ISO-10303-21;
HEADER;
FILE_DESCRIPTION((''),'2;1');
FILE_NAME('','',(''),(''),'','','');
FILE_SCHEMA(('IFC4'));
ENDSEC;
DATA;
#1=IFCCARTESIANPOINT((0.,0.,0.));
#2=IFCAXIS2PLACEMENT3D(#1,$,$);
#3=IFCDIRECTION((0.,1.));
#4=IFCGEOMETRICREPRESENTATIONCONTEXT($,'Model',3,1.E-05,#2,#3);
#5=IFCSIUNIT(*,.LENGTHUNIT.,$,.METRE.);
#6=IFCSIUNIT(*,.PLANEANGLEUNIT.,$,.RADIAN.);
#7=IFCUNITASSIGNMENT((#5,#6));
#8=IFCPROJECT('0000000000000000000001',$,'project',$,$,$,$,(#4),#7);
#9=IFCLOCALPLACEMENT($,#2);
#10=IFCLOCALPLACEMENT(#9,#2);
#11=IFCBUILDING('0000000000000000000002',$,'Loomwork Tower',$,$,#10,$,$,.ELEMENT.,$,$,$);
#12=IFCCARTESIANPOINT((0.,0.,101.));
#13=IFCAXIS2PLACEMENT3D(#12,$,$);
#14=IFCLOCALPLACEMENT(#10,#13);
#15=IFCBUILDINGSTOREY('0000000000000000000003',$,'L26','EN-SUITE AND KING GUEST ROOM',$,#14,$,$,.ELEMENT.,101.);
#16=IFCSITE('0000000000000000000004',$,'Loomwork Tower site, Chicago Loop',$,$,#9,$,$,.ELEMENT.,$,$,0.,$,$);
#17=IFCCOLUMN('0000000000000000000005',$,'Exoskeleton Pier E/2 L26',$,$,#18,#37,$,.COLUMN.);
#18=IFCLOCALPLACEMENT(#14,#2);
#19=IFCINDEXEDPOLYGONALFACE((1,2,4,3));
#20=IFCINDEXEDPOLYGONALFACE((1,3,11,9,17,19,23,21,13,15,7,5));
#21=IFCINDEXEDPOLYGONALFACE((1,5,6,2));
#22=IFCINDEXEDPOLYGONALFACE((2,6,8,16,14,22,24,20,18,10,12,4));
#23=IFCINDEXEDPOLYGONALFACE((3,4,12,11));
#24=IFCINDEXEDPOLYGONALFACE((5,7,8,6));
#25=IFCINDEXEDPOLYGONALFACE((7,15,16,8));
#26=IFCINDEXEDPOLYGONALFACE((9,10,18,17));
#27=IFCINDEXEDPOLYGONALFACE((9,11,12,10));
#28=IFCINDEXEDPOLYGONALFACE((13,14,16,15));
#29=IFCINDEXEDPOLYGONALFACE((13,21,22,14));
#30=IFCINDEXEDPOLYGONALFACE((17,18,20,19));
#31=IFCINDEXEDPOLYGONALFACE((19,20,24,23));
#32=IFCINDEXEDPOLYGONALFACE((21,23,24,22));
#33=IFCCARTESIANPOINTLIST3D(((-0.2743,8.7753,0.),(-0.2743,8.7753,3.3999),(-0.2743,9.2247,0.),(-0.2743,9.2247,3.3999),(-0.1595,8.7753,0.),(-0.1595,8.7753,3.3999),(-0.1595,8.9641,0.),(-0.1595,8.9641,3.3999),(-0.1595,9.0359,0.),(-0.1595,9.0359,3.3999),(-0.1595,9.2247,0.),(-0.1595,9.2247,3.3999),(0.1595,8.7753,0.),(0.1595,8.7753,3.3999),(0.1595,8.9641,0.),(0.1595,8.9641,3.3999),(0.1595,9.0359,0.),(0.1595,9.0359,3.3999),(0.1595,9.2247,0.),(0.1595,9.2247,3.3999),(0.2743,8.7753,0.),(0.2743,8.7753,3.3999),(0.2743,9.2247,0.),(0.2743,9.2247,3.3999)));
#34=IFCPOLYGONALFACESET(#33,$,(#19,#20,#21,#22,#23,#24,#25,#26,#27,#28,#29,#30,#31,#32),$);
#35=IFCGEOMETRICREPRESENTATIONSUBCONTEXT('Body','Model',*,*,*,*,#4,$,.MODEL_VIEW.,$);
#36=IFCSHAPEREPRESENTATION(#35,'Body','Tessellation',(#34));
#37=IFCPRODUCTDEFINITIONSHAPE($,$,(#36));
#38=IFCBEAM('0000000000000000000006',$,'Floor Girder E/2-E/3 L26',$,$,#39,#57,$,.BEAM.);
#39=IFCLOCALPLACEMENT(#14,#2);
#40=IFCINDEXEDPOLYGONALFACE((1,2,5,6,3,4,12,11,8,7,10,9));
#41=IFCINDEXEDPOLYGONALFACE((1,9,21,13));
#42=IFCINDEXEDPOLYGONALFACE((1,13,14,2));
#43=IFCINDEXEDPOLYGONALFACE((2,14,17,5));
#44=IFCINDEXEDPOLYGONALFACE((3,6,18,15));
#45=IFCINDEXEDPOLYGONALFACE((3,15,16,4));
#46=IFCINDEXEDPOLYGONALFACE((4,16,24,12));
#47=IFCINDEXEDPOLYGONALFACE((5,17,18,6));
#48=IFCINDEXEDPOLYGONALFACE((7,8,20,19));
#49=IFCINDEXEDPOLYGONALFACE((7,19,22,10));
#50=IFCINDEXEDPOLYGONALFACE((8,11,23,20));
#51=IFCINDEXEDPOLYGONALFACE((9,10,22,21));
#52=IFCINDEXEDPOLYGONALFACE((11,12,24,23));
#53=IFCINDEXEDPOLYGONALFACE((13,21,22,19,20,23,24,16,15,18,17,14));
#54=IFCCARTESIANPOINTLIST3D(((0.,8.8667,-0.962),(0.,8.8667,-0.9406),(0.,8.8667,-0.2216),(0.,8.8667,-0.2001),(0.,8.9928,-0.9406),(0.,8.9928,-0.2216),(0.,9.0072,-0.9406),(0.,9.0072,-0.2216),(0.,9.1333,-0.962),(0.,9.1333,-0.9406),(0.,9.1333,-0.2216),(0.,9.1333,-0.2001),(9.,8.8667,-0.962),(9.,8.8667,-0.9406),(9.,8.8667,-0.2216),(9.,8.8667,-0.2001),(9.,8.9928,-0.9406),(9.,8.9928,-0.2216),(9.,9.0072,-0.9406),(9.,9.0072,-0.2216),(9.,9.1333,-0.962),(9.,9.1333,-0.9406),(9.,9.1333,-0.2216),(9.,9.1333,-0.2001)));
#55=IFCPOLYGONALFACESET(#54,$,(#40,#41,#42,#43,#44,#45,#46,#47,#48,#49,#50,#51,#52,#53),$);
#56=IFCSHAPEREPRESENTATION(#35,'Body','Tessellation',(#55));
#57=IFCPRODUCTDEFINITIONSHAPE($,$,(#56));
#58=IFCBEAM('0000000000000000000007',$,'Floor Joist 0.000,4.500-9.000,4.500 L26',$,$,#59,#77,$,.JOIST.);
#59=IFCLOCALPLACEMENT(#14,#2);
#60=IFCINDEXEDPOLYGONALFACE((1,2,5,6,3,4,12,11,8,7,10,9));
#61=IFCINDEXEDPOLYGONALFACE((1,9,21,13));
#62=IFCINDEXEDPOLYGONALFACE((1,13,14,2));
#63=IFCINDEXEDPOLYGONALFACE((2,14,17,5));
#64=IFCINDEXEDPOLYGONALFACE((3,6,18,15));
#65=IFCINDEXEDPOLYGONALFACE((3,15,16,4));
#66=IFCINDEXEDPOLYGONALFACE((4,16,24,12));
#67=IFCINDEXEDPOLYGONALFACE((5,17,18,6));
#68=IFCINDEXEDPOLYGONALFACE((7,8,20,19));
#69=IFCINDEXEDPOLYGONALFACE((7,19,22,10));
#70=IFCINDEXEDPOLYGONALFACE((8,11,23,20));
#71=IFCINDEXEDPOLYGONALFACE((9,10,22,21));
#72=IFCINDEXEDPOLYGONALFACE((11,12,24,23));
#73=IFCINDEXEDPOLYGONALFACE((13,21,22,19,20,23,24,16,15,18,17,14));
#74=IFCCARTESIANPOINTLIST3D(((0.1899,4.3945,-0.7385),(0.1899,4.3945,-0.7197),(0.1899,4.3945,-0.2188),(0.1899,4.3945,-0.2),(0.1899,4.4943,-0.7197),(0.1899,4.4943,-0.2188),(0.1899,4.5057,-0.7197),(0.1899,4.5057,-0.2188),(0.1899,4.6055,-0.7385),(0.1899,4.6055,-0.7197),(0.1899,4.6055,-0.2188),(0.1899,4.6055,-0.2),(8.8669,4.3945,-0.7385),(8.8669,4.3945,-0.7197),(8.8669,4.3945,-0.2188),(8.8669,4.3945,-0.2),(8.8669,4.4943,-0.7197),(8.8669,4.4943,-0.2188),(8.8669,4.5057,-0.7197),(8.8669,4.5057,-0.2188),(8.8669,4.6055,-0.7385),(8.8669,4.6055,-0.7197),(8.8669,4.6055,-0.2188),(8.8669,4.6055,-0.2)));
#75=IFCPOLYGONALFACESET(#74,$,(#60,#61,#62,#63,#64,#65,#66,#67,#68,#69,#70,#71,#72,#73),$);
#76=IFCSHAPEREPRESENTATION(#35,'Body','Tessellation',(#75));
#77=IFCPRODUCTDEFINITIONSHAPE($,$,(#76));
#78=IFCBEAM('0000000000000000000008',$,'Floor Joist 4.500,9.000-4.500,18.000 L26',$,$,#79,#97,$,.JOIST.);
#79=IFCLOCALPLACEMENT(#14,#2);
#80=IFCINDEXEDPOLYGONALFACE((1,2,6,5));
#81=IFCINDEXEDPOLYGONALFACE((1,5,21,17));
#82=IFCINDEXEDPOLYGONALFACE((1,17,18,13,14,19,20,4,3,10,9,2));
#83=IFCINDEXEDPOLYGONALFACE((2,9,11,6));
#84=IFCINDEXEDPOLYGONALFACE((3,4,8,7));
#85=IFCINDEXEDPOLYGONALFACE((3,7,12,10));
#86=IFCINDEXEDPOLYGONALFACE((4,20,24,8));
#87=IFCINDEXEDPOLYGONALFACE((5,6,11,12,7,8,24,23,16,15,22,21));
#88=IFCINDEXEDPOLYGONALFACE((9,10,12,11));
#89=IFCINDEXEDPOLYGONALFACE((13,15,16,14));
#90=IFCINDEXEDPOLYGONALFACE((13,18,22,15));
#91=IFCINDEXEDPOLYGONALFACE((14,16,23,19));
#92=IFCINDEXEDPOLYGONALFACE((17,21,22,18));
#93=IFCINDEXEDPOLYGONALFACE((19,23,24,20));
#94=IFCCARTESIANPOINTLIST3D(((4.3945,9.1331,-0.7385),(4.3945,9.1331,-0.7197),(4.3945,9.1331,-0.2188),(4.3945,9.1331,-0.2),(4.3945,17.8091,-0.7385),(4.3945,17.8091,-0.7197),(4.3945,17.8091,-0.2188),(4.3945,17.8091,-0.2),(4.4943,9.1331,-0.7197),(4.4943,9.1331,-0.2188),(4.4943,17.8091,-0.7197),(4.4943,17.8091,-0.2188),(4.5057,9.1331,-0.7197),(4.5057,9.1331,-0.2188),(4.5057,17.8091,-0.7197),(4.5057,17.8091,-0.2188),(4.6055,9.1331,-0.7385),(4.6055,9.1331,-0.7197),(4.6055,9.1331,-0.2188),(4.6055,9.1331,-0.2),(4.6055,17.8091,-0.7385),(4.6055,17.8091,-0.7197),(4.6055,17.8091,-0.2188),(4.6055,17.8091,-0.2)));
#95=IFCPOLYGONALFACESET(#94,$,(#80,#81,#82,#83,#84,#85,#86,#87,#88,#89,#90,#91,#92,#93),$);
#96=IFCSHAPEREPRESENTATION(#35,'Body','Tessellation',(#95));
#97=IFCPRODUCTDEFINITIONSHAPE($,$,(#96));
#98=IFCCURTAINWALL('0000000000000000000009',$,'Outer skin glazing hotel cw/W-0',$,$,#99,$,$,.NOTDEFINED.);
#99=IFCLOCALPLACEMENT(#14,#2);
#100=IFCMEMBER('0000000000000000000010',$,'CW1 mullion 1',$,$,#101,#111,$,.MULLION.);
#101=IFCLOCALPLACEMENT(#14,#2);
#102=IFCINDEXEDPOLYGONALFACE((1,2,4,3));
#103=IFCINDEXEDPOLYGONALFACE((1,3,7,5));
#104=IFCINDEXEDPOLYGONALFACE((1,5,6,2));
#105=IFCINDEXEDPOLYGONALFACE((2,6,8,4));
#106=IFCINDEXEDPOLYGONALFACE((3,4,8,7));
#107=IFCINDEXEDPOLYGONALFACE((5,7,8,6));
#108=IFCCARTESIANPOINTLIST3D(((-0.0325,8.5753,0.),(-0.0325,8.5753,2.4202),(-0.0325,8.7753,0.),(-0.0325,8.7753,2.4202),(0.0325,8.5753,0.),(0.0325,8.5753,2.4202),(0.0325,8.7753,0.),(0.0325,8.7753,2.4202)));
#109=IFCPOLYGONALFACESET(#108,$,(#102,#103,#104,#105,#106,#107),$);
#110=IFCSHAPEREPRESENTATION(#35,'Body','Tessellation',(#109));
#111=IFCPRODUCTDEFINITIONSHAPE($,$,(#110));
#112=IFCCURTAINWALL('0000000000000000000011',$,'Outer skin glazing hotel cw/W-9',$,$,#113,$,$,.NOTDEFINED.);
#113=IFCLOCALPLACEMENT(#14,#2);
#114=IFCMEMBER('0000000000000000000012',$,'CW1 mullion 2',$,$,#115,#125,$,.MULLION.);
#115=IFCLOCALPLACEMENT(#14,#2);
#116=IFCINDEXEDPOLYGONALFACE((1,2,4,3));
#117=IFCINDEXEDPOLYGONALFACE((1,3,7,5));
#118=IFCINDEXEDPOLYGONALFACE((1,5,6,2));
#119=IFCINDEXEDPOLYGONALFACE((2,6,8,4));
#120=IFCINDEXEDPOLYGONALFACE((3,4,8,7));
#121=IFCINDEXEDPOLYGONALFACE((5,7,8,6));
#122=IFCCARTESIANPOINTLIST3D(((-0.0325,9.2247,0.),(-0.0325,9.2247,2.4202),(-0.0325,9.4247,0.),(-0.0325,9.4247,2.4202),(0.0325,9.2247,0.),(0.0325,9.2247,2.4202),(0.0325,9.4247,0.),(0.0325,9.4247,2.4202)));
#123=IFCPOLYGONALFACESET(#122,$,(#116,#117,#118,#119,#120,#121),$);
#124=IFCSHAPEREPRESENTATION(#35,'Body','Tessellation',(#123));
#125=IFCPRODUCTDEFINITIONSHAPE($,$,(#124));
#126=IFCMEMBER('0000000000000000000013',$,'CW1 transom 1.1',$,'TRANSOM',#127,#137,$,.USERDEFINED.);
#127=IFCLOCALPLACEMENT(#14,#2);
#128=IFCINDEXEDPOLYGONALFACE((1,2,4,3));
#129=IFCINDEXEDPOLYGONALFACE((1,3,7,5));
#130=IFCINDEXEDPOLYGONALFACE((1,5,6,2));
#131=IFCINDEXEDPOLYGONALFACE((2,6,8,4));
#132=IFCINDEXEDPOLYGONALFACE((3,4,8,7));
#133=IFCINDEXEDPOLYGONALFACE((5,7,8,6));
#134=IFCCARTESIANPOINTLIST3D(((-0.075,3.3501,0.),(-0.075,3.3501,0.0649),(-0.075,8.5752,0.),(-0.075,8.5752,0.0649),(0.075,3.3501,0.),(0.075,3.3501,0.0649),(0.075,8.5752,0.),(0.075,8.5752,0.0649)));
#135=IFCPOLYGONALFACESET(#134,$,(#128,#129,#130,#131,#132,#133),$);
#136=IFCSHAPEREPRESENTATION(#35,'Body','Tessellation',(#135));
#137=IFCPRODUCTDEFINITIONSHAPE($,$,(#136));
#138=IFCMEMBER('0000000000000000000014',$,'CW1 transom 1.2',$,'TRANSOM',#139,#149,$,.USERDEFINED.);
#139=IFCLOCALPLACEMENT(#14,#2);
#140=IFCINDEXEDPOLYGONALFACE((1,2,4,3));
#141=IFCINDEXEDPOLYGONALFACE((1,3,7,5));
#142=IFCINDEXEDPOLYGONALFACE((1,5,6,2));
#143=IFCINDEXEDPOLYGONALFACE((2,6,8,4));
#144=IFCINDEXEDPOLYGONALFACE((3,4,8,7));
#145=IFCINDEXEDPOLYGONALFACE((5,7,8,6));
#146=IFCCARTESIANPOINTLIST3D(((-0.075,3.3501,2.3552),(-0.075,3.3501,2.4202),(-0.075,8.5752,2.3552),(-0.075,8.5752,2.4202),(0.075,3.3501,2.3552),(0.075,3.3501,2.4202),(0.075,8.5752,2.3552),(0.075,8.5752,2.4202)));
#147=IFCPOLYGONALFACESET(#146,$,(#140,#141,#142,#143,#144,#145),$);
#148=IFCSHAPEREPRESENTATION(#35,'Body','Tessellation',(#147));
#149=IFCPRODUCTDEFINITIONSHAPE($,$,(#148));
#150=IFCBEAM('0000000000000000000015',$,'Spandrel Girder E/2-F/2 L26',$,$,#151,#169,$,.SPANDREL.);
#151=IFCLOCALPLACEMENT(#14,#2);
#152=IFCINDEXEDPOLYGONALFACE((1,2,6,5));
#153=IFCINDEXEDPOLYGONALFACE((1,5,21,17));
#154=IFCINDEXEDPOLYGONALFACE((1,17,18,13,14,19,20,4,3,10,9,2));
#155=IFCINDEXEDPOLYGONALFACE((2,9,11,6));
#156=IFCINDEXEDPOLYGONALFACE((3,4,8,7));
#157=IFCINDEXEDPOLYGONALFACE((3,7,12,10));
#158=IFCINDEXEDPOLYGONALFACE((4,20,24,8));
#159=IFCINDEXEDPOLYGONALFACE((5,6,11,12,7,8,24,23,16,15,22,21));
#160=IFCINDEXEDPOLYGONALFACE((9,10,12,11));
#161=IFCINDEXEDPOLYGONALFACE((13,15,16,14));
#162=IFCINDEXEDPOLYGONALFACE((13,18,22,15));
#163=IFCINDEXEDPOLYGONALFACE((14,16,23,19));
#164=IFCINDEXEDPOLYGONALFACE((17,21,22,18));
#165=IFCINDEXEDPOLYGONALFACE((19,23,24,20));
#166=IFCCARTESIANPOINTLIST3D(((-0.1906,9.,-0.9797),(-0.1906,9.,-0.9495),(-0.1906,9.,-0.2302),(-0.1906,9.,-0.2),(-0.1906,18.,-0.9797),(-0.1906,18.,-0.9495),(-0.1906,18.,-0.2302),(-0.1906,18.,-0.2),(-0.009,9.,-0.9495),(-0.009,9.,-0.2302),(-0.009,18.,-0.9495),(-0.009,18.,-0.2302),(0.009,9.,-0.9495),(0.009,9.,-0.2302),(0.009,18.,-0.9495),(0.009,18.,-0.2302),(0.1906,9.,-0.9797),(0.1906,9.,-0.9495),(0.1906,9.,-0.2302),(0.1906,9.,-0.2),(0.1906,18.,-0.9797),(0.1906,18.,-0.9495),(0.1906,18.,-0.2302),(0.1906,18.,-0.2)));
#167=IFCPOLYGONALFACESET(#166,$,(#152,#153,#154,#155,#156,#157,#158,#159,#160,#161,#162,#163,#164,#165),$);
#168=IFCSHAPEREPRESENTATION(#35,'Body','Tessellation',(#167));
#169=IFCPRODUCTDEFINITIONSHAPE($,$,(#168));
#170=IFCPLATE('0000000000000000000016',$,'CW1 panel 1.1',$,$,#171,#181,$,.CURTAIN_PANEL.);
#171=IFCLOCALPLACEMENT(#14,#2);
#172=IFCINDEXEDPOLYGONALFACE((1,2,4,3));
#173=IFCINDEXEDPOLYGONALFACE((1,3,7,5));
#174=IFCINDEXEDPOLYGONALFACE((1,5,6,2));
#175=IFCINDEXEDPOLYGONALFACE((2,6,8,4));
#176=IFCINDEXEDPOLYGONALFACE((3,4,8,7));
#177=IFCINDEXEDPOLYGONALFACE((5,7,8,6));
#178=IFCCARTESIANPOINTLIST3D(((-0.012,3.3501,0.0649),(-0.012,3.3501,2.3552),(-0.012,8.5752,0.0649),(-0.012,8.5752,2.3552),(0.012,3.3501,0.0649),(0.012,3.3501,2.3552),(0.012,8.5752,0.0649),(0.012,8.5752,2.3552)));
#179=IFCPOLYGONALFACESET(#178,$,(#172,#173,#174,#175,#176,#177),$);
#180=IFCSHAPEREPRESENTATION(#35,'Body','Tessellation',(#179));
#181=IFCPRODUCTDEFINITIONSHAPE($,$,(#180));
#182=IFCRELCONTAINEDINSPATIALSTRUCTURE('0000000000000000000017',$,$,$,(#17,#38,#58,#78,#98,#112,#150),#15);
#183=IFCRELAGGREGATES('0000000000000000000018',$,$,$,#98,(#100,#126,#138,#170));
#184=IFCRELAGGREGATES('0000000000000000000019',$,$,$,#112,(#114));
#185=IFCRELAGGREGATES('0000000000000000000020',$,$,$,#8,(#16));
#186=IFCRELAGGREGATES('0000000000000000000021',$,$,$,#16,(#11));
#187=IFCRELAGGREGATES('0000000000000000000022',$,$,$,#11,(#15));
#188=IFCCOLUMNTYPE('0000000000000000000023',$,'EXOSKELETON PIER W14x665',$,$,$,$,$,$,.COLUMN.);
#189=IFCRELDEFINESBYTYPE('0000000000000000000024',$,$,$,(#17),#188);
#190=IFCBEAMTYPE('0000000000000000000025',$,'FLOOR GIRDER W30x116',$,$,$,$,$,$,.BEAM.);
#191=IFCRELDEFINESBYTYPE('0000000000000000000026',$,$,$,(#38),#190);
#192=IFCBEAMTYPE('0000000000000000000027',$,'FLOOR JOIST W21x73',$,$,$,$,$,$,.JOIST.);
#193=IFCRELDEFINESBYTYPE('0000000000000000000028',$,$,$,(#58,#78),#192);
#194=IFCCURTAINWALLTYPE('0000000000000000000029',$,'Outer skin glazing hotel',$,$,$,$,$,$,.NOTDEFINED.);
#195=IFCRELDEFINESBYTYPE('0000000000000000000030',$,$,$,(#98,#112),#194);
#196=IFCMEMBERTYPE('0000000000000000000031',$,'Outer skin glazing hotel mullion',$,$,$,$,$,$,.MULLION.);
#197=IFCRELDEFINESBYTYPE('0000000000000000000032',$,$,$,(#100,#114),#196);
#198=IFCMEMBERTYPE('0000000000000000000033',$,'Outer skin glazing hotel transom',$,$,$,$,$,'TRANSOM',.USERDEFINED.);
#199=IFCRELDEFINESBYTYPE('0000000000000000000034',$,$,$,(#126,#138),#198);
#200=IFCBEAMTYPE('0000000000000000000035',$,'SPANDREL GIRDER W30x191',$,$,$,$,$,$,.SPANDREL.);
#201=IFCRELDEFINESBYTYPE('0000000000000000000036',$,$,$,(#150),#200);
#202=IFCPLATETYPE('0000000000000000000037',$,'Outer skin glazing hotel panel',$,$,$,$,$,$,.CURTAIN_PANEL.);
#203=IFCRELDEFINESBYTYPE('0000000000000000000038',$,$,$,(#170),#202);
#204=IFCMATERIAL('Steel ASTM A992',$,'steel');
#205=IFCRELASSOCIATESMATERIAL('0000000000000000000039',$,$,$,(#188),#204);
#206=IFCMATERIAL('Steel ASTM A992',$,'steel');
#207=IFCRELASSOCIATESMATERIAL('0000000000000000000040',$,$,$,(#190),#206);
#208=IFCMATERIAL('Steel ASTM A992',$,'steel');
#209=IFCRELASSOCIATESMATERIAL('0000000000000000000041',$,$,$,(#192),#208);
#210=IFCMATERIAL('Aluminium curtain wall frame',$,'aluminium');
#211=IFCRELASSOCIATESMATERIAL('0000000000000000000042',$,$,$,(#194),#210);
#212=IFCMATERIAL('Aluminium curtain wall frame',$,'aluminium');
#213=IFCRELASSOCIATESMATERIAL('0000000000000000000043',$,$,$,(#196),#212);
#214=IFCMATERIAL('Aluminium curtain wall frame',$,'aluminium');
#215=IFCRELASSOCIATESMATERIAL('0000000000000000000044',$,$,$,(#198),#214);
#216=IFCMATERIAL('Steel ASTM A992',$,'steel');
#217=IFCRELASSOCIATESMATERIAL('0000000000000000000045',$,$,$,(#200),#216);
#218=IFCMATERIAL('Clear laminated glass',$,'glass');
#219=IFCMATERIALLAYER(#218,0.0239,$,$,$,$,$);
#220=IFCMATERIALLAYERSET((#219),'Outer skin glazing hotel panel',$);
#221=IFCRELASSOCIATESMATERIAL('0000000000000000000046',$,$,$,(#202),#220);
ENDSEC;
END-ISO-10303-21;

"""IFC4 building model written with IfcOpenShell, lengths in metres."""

from ifc_helpers import new_model, si_unit, direction, frame, origin, origin_2d, place, context, subcontext, project, spatial, rectangle, i_section, extrude, material, layer, layer_set, material_profile, profile_set, type_object, element, aggregate, save


model = new_model("IFC4")

# Units and contexts
model_context = context("Model", 3, precision=1e-05, world=origin(), true_north=direction((0.0, 1.0)))
body_context = subcontext(model_context, "Body", "Model", "MODEL_VIEW")
ifc_project = project(units=[si_unit("LENGTHUNIT", "METRE"), si_unit("PLANEANGLEUNIT", "RADIAN")], contexts=[model_context])

# Site, building, storey
site_placement = place(None, origin())
site = spatial("IfcSite", under=ifc_project, at=site_placement, Name="Loomwork Tower site, Chicago Loop", CompositionType="ELEMENT", RefElevation=0.0)
building_placement = place(site_placement, origin())
building = spatial("IfcBuilding", under=site, at=building_placement, Name="Loomwork Tower", CompositionType="ELEMENT")
storey_placement = place(building_placement, frame((0.0, 0.0, 101.0)))
storey = spatial("IfcBuildingStorey", under=building, at=storey_placement, Name="L26", Description="EN-SUITE AND KING GUEST ROOM", CompositionType="ELEMENT", Elevation=101.0)

# Column
ifc_material_1 = material(Name="Steel ASTM A992", Category="steel")
ifc_material_profile_1 = material_profile(ifc_material_1, i_section(OverallWidth=0.4495, OverallDepth=0.5486, WebThickness=0.0718, FlangeThickness=0.1147, at=origin_2d()), Name="W14x665")
ifc_profile_set_1 = profile_set([ifc_material_profile_1], Name="Steel ASTM A992")
column_type = type_object("IfcColumnType", Name="EXOSKELETON PIER W14x665", PredefinedType="COLUMN", material=ifc_profile_set_1)
column_placement = place(storey_placement, frame((0.0, 9.0, 0.0), z_axis=(0.0, 0.0, 1.0), x_axis=(0.0, 1.0, 0.0)))
element("IfcColumn", 1, at=column_placement, inside=storey, type_object=column_type, Name="Exoskeleton Pier E/2 L26", PredefinedType="COLUMN", context=body_context, shape_type="SweptSolid", body=[
    extrude(i_section(OverallWidth=0.4495, OverallDepth=0.5486, WebThickness=0.0718, FlangeThickness=0.1147, at=origin_2d()), origin(), (0.0, 0.0, 1.0), 3.3999),
])

# Beams
ifc_material_2 = material(Name="Steel ASTM A992", Category="steel")
ifc_material_profile_2 = material_profile(ifc_material_2, i_section(OverallWidth=0.2666, OverallDepth=0.762, WebThickness=0.0144, FlangeThickness=0.0215, at=origin_2d()), Name="W30x116")
ifc_profile_set_2 = profile_set([ifc_material_profile_2], Name="Steel ASTM A992")
beam_type_1 = type_object("IfcBeamType", Name="FLOOR GIRDER W30x116", PredefinedType="BEAM", material=ifc_profile_set_2)
beam_1_placement = place(storey_placement, frame((0.0, 9.0, -0.5811), z_axis=(1.0, 0.0, 0.0), x_axis=(0.0, 1.0, 0.0)))
element("IfcBeam", 2, at=beam_1_placement, inside=storey, type_object=beam_type_1, Name="Floor Girder E/2-E/3 L26", PredefinedType="BEAM", context=body_context, shape_type="SweptSolid", body=[
    extrude(i_section(OverallWidth=0.2666, OverallDepth=0.762, WebThickness=0.0144, FlangeThickness=0.0215, at=origin_2d()), origin(), (0.0, 0.0, 1.0), 9.0),
])
ifc_material_3 = material(Name="Steel ASTM A992", Category="steel")
ifc_material_profile_3 = material_profile(ifc_material_3, i_section(OverallWidth=0.2109, OverallDepth=0.5386, WebThickness=0.0115, FlangeThickness=0.0188, at=origin_2d()), Name="W21x73")
ifc_profile_set_3 = profile_set([ifc_material_profile_3], Name="Steel ASTM A992")
beam_type_2 = type_object("IfcBeamType", Name="FLOOR JOIST W21x73", PredefinedType="JOIST", material=ifc_profile_set_3)
beam_2_placement = place(storey_placement, frame((0.1899, 4.5, -0.4692), z_axis=(1.0, 0.0, 0.0), x_axis=(0.0, 1.0, 0.0)))
element("IfcBeam", 3, at=beam_2_placement, inside=storey, type_object=beam_type_2, Name="Floor Joist 0.000,4.500-9.000,4.500 L26", PredefinedType="JOIST", context=body_context, shape_type="SweptSolid", body=[
    extrude(i_section(OverallWidth=0.2109, OverallDepth=0.5386, WebThickness=0.0115, FlangeThickness=0.0188, at=origin_2d()), origin(), (0.0, 0.0, 1.0), 8.677),
])
beam_3_placement = place(storey_placement, frame((4.5, 9.1331, -0.4692), z_axis=(0.0, 1.0, 0.0), x_axis=(-1.0, 0.0, 0.0)))
element("IfcBeam", 4, at=beam_3_placement, inside=storey, type_object=beam_type_2, Name="Floor Joist 4.500,9.000-4.500,18.000 L26", PredefinedType="JOIST", context=body_context, shape_type="SweptSolid", body=[
    extrude(i_section(OverallWidth=0.2109, OverallDepth=0.5386, WebThickness=0.0115, FlangeThickness=0.0188, at=origin_2d()), origin(), (0.0, 0.0, 1.0), 8.676),
])

# Curtain walls, members
ifc_material_4 = material(Name="Aluminium curtain wall frame", Category="aluminium")
curtain_wall_type = type_object("IfcCurtainWallType", Name="Outer skin glazing hotel", PredefinedType="NOTDEFINED", material=ifc_material_4)
curtain_wall_1_placement = place(storey_placement, origin())
curtain_wall_1 = element("IfcCurtainWall", 5, at=curtain_wall_1_placement, inside=storey, type_object=curtain_wall_type, Name="Outer skin glazing hotel cw/W-0", PredefinedType="NOTDEFINED")
ifc_material_5 = material(Name="Aluminium curtain wall frame", Category="aluminium")
ifc_material_profile_4 = material_profile(ifc_material_5, rectangle(XDim=0.0649, YDim=0.2, at=origin_2d()), Name="AL 65x200")
ifc_profile_set_4 = profile_set([ifc_material_profile_4], Name="Aluminium curtain wall frame")
member_type_1 = type_object("IfcMemberType", Name="Outer skin glazing hotel mullion", PredefinedType="MULLION", material=ifc_profile_set_4)
member_1_placement = place(storey_placement, frame((0.0, 8.6753, 0.0), z_axis=(0.0, 0.0, 1.0), x_axis=(1.0, 0.0, 0.0)))
member_1 = element("IfcMember", 6, at=member_1_placement, type_object=member_type_1, Name="CW1 mullion 1", PredefinedType="MULLION", context=body_context, shape_type="SweptSolid", body=[
    extrude(rectangle(XDim=0.0649, YDim=0.2, at=origin_2d()), origin(), (0.0, 0.0, 1.0), 2.4202),
])
curtain_wall_2_placement = place(storey_placement, origin())
curtain_wall_2 = element("IfcCurtainWall", 7, at=curtain_wall_2_placement, inside=storey, type_object=curtain_wall_type, Name="Outer skin glazing hotel cw/W-9", PredefinedType="NOTDEFINED")
member_2_placement = place(storey_placement, frame((0.0, 9.3247, 0.0), z_axis=(0.0, 0.0, 1.0), x_axis=(1.0, 0.0, 0.0)))
member_2 = element("IfcMember", 8, at=member_2_placement, type_object=member_type_1, Name="CW1 mullion 2", PredefinedType="MULLION", context=body_context, shape_type="SweptSolid", body=[
    extrude(rectangle(XDim=0.0649, YDim=0.2, at=origin_2d()), origin(), (0.0, 0.0, 1.0), 2.4202),
])

# Members
ifc_material_6 = material(Name="Aluminium curtain wall frame", Category="aluminium")
ifc_material_profile_5 = material_profile(ifc_material_6, rectangle(XDim=0.1499, YDim=0.0649, at=origin_2d()), Name="AL 65x150")
ifc_profile_set_5 = profile_set([ifc_material_profile_5], Name="Aluminium curtain wall frame")
member_type_2 = type_object("IfcMemberType", Name="Outer skin glazing hotel transom", ElementType="TRANSOM", PredefinedType="USERDEFINED", material=ifc_profile_set_5)
member_3_placement = place(storey_placement, frame((0.0, 8.5752, 0.0325), z_axis=(0.0, -1.0, 0.0), x_axis=(1.0, 0.0, 0.0)))
member_3 = element("IfcMember", 9, at=member_3_placement, type_object=member_type_2, Name="CW1 transom 1.1", ObjectType="TRANSOM", PredefinedType="USERDEFINED", context=body_context, shape_type="SweptSolid", body=[
    extrude(rectangle(XDim=0.1499, YDim=0.0649, at=origin_2d()), origin(), (0.0, 0.0, 1.0), 5.2251),
])
member_4_placement = place(storey_placement, frame((0.0, 8.5752, 2.3877), z_axis=(0.0, -1.0, 0.0), x_axis=(1.0, 0.0, 0.0)))
member_4 = element("IfcMember", 10, at=member_4_placement, type_object=member_type_2, Name="CW1 transom 1.2", ObjectType="TRANSOM", PredefinedType="USERDEFINED", context=body_context, shape_type="SweptSolid", body=[
    extrude(rectangle(XDim=0.1499, YDim=0.0649, at=origin_2d()), origin(), (0.0, 0.0, 1.0), 5.2251),
])

# Beam
ifc_material_7 = material(Name="Steel ASTM A992", Category="steel")
ifc_material_profile_6 = material_profile(ifc_material_7, i_section(OverallWidth=0.3811, OverallDepth=0.7798, WebThickness=0.0181, FlangeThickness=0.0303, at=origin_2d()), Name="W30x191")
ifc_profile_set_6 = profile_set([ifc_material_profile_6], Name="Steel ASTM A992")
beam_type_3 = type_object("IfcBeamType", Name="SPANDREL GIRDER W30x191", PredefinedType="SPANDREL", material=ifc_profile_set_6)
beam_4_placement = place(storey_placement, frame((0.0, 9.0, -0.5898), z_axis=(0.0, 1.0, 0.0), x_axis=(-1.0, 0.0, 0.0)))
element("IfcBeam", 11, at=beam_4_placement, inside=storey, type_object=beam_type_3, Name="Spandrel Girder E/2-F/2 L26", PredefinedType="SPANDREL", context=body_context, shape_type="SweptSolid", body=[
    extrude(i_section(OverallWidth=0.3811, OverallDepth=0.7798, WebThickness=0.0181, FlangeThickness=0.0303, at=origin_2d()), origin(), (0.0, 0.0, 1.0), 9.0),
])

# Plate
ifc_material_8 = material(Name="Clear laminated glass", Category="glass")
ifc_layer_1 = layer(ifc_material_8, 0.0239)
ifc_layer_set_1 = layer_set([ifc_layer_1], Name="Outer skin glazing hotel panel")
plate_type = type_object("IfcPlateType", Name="Outer skin glazing hotel panel", PredefinedType="CURTAIN_PANEL", material=ifc_layer_set_1)
plate_1_placement = place(storey_placement, frame((0.0, 5.9626, 0.0649), z_axis=(0.0, 0.0, 1.0), x_axis=(0.0, -1.0, 0.0)))
plate_1 = element("IfcPlate", 12, at=plate_1_placement, type_object=plate_type, Name="CW1 panel 1.1", PredefinedType="CURTAIN_PANEL", context=body_context, shape_type="SweptSolid", body=[
    extrude(rectangle(XDim=5.2251, YDim=0.0239, at=origin_2d()), origin(), (0.0, 0.0, 1.0), 2.2903),
])
aggregate(curtain_wall_1, [member_1, member_3, member_4, plate_1])
aggregate(curtain_wall_2, [member_2])

save(model, "model.ifc")
